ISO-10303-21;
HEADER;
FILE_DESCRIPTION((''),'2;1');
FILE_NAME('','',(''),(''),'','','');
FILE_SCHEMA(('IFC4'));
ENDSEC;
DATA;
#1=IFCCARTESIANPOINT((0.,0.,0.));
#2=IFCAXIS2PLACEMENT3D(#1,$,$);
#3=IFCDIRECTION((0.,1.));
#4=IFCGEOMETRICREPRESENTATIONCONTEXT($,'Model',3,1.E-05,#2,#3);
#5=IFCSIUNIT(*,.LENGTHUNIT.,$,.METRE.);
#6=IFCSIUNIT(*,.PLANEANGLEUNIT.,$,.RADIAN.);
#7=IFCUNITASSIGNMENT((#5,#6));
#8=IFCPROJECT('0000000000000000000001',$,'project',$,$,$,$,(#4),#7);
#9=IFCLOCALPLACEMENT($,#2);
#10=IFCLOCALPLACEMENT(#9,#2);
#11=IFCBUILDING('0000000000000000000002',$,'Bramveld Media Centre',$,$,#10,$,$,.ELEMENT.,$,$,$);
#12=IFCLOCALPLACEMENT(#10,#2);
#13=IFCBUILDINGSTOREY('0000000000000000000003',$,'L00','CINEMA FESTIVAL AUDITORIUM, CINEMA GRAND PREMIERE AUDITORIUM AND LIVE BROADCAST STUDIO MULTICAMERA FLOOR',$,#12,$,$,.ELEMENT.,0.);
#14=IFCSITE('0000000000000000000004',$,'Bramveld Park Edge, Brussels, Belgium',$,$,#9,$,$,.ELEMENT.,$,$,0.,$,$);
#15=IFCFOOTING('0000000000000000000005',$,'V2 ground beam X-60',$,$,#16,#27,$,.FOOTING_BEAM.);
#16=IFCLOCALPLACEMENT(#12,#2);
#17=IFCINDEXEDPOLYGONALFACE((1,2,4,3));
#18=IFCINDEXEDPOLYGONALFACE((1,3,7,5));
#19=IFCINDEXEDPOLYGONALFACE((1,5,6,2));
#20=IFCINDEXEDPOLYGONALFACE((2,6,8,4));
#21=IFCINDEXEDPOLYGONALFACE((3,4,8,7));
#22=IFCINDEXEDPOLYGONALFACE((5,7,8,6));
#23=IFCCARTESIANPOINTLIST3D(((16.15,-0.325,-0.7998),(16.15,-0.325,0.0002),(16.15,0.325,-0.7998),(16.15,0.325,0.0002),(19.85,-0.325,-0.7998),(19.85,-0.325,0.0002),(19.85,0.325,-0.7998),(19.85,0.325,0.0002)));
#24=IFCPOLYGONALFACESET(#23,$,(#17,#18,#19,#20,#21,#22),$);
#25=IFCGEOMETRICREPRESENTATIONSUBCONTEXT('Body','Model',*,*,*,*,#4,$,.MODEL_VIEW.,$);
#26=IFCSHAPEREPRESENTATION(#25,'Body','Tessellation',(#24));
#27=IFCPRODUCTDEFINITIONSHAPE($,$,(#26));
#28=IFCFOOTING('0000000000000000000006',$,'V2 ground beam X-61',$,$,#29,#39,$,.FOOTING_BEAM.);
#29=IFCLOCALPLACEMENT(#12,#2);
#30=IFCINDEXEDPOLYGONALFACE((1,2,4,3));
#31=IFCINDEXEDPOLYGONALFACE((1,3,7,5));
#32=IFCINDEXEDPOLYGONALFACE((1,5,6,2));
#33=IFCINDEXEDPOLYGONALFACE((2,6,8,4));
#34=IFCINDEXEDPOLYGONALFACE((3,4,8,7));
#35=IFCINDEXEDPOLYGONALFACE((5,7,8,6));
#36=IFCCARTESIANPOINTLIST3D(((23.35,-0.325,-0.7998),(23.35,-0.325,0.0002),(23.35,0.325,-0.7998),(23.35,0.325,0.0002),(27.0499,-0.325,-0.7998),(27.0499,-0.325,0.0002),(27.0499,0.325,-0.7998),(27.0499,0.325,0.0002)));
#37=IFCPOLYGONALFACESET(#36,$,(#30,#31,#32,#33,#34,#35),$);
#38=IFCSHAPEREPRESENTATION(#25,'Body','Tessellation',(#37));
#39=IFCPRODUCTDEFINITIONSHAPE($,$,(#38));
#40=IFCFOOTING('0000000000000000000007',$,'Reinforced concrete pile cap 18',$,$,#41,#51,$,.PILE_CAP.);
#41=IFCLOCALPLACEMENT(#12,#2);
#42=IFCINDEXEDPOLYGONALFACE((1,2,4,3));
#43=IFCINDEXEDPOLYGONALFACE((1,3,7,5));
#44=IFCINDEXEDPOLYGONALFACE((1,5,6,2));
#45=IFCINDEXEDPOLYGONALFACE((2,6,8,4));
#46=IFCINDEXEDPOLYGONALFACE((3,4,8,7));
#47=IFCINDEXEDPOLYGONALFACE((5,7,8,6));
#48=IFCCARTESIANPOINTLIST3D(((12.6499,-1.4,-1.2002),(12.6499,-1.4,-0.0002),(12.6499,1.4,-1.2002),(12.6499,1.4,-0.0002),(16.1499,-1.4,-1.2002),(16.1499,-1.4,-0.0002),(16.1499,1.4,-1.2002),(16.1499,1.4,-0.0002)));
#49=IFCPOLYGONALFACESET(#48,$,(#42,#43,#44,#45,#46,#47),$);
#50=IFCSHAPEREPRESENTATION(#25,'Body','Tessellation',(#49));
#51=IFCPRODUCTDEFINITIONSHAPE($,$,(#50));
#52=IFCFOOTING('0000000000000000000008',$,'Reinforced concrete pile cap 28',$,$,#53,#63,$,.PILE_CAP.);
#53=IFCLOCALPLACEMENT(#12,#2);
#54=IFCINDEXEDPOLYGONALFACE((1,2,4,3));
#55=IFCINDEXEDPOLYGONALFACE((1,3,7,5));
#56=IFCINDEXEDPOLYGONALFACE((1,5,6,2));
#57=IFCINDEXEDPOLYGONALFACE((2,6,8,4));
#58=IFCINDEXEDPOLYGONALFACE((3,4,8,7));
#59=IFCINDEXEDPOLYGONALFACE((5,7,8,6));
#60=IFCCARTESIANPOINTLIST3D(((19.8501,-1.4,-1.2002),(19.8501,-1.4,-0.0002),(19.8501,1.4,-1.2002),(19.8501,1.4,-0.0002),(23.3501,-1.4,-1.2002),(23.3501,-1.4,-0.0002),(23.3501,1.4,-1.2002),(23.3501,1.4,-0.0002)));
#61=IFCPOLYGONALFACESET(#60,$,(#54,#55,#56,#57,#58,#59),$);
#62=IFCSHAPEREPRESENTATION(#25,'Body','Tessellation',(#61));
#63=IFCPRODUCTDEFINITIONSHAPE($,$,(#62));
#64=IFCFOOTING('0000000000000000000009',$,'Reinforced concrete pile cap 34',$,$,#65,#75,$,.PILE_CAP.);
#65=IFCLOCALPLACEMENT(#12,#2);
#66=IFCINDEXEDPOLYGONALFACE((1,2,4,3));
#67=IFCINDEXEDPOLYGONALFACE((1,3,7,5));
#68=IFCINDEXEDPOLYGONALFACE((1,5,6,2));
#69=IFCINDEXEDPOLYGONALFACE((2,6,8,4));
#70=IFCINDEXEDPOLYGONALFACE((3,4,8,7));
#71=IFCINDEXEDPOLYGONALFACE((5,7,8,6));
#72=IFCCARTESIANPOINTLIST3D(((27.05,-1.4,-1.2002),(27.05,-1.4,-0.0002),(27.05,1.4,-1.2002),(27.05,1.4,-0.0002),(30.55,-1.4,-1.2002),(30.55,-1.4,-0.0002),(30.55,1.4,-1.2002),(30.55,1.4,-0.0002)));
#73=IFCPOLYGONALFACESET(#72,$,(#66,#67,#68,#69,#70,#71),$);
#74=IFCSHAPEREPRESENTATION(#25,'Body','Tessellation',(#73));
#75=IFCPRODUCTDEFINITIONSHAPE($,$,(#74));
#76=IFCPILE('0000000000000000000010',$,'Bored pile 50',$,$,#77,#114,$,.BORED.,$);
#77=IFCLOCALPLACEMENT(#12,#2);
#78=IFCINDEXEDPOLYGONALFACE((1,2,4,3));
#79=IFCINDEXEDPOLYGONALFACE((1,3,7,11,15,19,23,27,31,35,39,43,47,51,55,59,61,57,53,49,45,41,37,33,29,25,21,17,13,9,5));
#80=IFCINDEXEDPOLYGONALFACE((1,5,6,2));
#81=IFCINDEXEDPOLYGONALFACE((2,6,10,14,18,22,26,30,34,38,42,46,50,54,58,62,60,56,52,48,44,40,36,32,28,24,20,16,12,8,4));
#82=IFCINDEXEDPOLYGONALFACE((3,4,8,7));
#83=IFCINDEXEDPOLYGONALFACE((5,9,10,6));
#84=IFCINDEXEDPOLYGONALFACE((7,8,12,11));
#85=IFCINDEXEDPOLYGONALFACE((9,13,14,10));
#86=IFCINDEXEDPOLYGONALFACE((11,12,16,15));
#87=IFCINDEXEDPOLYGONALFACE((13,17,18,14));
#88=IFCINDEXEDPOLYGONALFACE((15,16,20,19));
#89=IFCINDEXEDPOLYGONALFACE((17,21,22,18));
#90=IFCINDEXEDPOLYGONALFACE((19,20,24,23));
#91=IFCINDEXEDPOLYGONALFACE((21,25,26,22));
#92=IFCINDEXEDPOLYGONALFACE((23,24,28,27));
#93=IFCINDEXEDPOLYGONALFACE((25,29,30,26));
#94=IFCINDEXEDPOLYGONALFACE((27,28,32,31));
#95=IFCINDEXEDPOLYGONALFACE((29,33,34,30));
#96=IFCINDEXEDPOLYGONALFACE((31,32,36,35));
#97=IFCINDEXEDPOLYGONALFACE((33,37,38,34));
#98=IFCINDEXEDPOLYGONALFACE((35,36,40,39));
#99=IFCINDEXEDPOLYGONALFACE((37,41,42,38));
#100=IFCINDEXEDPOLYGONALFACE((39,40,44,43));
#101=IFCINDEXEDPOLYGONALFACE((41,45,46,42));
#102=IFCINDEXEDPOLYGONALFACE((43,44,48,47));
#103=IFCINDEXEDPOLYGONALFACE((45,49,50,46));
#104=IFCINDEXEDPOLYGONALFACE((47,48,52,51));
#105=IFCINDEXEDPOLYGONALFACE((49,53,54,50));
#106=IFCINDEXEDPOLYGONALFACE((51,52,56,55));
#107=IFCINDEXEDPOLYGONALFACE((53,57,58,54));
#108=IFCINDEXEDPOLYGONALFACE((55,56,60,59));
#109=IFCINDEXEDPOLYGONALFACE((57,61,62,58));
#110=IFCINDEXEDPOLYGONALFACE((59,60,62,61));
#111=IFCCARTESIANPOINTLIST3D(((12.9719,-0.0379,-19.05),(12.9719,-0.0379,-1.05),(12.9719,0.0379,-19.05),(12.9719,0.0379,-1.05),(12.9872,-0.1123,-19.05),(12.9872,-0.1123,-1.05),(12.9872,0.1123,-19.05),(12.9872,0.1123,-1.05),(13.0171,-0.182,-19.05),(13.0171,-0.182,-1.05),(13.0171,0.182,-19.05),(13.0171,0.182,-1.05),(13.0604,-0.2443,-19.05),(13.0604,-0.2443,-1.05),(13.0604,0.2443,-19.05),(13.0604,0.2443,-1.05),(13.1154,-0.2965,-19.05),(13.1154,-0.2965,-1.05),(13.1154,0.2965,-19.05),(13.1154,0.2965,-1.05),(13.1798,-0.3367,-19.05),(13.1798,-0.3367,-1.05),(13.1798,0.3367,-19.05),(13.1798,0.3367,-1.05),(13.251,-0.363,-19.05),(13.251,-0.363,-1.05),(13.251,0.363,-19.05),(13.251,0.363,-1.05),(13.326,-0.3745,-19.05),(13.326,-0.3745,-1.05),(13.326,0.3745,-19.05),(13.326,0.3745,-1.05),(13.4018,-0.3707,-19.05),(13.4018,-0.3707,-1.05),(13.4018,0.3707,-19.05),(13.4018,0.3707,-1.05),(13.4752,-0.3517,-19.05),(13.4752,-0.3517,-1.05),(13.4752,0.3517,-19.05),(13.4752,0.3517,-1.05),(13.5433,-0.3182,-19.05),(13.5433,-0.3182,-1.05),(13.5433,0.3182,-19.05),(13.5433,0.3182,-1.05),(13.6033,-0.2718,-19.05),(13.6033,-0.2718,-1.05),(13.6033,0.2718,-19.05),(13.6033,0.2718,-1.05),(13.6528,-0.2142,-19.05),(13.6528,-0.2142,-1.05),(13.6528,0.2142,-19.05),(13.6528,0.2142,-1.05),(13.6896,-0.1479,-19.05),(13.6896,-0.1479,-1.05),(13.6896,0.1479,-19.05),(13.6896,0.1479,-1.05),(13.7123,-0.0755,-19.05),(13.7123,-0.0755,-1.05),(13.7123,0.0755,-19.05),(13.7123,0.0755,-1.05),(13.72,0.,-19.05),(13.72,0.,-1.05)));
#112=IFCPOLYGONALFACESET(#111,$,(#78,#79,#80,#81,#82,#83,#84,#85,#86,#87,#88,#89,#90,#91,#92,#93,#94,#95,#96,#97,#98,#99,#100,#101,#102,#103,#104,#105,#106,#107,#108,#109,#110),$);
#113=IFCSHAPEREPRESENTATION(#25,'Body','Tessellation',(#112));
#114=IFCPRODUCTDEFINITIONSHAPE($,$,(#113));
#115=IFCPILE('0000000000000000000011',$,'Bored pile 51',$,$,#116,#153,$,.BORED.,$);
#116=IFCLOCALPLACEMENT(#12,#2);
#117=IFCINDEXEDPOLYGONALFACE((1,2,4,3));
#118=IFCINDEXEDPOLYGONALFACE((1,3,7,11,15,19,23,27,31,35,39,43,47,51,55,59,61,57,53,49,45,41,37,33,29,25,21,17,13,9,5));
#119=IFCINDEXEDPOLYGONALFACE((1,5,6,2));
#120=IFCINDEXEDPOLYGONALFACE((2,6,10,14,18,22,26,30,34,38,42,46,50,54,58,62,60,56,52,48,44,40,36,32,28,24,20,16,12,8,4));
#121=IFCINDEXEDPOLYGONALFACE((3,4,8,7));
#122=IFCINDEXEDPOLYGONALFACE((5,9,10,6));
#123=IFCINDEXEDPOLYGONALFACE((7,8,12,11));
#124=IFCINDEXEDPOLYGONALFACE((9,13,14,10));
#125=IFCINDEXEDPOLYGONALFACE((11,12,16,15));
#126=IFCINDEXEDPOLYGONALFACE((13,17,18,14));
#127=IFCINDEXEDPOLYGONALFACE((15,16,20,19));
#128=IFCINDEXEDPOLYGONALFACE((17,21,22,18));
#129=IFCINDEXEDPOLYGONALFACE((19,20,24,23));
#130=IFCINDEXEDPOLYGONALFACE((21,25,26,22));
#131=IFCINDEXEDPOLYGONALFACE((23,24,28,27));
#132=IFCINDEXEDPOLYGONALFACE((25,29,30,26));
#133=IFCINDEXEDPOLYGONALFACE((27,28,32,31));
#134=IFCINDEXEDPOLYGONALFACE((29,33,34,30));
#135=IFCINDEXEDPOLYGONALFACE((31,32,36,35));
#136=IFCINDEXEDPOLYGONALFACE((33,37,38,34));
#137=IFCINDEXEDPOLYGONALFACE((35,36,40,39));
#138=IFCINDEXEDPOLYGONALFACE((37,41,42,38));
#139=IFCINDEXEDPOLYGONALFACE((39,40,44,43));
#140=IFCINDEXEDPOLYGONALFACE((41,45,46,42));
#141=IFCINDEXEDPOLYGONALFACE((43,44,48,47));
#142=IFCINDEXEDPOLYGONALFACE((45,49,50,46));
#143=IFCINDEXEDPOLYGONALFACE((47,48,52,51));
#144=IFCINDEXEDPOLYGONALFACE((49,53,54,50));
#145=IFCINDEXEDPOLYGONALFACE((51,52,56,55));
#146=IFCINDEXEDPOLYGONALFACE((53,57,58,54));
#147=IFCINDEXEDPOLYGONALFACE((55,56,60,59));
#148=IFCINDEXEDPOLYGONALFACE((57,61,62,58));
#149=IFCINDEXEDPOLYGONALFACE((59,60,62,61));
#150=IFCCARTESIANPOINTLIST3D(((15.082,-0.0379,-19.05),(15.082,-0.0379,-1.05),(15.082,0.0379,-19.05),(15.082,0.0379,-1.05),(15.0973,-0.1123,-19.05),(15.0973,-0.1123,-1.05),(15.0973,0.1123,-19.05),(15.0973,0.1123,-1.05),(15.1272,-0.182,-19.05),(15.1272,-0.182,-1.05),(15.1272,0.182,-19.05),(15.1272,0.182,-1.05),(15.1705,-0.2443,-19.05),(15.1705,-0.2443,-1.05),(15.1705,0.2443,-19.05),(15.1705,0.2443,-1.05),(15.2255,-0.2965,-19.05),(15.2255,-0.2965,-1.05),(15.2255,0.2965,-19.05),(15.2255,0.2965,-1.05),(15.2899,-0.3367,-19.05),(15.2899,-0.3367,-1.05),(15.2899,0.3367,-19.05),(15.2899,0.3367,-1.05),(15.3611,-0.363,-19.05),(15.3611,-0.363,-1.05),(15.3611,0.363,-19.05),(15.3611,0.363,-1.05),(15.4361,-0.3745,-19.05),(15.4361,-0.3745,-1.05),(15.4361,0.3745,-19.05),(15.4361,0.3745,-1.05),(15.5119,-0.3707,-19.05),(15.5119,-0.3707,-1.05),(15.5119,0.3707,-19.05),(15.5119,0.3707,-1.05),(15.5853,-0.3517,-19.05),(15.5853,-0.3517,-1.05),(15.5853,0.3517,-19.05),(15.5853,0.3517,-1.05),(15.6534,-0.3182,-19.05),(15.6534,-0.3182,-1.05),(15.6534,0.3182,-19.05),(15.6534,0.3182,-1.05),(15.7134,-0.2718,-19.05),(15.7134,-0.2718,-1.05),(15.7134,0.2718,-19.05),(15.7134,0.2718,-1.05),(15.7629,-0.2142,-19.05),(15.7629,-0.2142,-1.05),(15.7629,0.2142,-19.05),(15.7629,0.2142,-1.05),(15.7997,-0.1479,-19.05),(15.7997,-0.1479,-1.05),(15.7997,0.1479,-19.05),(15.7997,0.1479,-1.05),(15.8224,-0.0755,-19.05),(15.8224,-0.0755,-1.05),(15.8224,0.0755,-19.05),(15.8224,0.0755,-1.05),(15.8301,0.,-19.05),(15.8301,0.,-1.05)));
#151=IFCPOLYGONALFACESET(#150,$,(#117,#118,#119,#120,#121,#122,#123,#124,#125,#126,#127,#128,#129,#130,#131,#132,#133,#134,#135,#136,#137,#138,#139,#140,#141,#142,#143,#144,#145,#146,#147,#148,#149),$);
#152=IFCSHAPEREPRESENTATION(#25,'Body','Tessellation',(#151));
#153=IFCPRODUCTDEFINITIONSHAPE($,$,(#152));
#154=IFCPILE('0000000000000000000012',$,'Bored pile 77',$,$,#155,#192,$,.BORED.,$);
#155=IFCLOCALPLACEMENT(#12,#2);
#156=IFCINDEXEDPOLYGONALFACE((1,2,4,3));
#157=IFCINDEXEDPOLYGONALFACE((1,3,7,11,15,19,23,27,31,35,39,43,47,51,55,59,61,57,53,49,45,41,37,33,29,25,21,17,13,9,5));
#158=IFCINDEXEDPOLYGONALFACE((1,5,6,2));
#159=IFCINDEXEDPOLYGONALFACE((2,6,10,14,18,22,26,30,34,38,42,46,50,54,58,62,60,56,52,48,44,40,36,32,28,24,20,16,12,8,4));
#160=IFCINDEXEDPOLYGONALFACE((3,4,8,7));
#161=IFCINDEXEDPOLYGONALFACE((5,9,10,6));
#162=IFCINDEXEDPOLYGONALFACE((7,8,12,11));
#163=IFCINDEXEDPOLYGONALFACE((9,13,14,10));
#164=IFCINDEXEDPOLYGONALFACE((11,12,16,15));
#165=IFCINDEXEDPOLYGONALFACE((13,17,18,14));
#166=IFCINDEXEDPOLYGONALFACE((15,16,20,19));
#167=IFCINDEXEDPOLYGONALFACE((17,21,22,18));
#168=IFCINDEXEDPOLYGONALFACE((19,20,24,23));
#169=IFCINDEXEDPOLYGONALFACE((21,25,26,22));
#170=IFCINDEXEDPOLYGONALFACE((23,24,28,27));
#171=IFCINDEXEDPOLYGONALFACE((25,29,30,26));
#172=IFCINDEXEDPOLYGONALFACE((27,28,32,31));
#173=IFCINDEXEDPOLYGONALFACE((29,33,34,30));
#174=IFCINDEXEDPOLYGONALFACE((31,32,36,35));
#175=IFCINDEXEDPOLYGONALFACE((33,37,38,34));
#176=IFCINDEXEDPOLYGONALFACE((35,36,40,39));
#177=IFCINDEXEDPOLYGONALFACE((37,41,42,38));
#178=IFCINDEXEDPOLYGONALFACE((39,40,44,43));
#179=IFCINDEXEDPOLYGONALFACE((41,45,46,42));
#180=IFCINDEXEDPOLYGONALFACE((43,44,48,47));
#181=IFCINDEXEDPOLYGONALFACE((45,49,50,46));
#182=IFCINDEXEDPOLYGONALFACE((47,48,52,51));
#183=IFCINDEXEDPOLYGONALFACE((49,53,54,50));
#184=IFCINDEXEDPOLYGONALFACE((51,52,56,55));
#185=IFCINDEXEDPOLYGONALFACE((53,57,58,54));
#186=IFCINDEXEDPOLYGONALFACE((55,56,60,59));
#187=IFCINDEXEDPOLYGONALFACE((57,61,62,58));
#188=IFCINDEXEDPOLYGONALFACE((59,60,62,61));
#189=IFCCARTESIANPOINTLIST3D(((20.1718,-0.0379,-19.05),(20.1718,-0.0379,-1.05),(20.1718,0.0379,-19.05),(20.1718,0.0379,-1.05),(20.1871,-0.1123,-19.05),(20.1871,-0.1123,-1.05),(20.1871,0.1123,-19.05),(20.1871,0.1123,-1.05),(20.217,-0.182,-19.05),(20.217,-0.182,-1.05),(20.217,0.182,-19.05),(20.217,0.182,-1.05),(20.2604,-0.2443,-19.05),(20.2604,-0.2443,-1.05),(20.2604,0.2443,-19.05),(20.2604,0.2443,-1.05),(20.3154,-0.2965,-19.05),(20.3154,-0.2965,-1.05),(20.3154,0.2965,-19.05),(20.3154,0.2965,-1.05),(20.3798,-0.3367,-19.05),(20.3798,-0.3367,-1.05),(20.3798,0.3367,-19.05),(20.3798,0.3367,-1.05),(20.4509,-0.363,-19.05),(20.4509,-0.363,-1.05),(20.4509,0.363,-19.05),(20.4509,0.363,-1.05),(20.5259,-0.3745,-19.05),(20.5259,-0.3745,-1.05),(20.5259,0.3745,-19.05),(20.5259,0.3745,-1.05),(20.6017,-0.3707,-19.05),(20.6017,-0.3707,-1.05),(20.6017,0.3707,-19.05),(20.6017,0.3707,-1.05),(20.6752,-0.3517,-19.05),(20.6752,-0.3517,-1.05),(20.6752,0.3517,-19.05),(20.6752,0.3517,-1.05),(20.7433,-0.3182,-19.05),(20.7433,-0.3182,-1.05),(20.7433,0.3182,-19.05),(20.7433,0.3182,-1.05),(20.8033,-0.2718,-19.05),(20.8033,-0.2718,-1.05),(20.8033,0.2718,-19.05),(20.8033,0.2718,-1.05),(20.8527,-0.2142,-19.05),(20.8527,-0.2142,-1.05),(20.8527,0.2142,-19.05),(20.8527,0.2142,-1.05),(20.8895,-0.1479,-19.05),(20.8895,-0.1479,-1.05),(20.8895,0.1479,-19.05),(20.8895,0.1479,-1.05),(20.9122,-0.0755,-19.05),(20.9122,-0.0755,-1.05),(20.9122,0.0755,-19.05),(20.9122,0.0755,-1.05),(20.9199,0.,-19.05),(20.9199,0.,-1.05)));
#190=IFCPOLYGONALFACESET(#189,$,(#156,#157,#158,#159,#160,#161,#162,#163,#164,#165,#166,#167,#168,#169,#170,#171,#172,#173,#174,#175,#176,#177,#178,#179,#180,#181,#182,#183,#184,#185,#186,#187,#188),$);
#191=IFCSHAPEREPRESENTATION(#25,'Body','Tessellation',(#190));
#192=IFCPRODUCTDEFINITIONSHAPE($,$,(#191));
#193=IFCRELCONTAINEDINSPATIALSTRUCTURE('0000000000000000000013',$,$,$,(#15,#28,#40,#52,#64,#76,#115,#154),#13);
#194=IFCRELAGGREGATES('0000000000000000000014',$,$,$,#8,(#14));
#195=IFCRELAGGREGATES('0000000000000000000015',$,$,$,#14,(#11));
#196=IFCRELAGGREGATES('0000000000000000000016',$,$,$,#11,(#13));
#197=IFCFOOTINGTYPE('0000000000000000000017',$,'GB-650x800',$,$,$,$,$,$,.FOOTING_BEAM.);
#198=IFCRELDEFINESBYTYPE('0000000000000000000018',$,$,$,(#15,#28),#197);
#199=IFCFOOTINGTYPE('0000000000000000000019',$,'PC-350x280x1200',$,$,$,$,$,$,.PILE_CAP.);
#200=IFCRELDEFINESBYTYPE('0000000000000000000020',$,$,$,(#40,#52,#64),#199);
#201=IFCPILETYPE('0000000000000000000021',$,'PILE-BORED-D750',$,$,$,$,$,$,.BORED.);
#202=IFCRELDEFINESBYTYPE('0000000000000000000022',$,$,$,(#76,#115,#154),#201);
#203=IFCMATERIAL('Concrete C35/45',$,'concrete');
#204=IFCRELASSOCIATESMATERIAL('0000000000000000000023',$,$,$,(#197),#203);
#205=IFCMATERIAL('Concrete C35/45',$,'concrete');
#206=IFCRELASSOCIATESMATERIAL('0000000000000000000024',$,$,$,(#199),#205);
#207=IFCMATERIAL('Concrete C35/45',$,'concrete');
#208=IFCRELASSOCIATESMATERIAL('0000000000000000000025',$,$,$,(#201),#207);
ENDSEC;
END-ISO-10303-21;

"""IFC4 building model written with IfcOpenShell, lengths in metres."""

from ifc_helpers import new_model, si_unit, direction, frame, origin, origin_2d, place, context, subcontext, project, spatial, rectangle, circle, extrude, material, material_profile, profile_set, type_object, element, save


model = new_model("IFC4")

# Units and contexts
model_context = context("Model", 3, precision=1e-05, world=origin(), true_north=direction((0.0, 1.0)))
body_context = subcontext(model_context, "Body", "Model", "MODEL_VIEW")
ifc_project = project(units=[si_unit("LENGTHUNIT", "METRE"), si_unit("PLANEANGLEUNIT", "RADIAN")], contexts=[model_context])

# Site, building, storey
site_placement = place(None, origin())
site = spatial("IfcSite", under=ifc_project, at=site_placement, Name="Bramveld Park Edge, Brussels, Belgium", CompositionType="ELEMENT", RefElevation=0.0)
building_placement = place(site_placement, origin())
building = spatial("IfcBuilding", under=site, at=building_placement, Name="Bramveld Media Centre", CompositionType="ELEMENT")
storey_placement = place(building_placement, origin())
storey = spatial("IfcBuildingStorey", under=building, at=storey_placement, Name="L00", Description="CINEMA FESTIVAL AUDITORIUM, CINEMA GRAND PREMIERE AUDITORIUM AND LIVE BROADCAST STUDIO MULTICAMERA FLOOR", CompositionType="ELEMENT", Elevation=0.0)

# Footings
ifc_material_1 = material(Name="Concrete C35/45", Category="concrete")
footing_type_1 = type_object("IfcFootingType", Name="GB-650x800", PredefinedType="FOOTING_BEAM", material=ifc_material_1)
for number, where, z_axis, x_axis, name in (
    (1, (18.0, 0.0, -0.7998), (0.0, 0.0, 1.0), (1.0, 0.0, 0.0), "V2 ground beam X-60"),
    (2, (25.2, 0.0, -0.7998), (0.0, 0.0, 1.0), (1.0, 0.0, 0.0), "V2 ground beam X-61"),
):
    element("IfcFooting", number, at=place(storey_placement, frame(where, z_axis=z_axis, x_axis=x_axis)), inside=storey, type_object=footing_type_1, Name=name, PredefinedType="FOOTING_BEAM", context=body_context, shape_type="SweptSolid", body=[
        extrude(rectangle(XDim=3.7, YDim=0.6499, at=origin_2d()), origin(), (0.0, 0.0, 1.0), 0.8),
    ])
ifc_material_2 = material(Name="Concrete C35/45", Category="concrete")
footing_type_2 = type_object("IfcFootingType", Name="PC-350x280x1200", PredefinedType="PILE_CAP", material=ifc_material_2)
for number, where, z_axis, x_axis, name in (
    (3, (14.3999, 0.0, -1.2002), (0.0, 0.0, 1.0), (1.0, 0.0, 0.0), "Reinforced concrete pile cap 18"),
    (4, (21.6001, 0.0, -1.2002), (0.0, 0.0, 1.0), (1.0, 0.0, 0.0), "Reinforced concrete pile cap 28"),
    (5, (28.8, 0.0, -1.2002), (0.0, 0.0, 1.0), (1.0, 0.0, 0.0), "Reinforced concrete pile cap 34"),
):
    element("IfcFooting", number, at=place(storey_placement, frame(where, z_axis=z_axis, x_axis=x_axis)), inside=storey, type_object=footing_type_2, Name=name, PredefinedType="PILE_CAP", context=body_context, shape_type="SweptSolid", body=[
        extrude(rectangle(XDim=3.5, YDim=2.8, at=origin_2d()), origin(), (0.0, 0.0, 1.0), 1.2),
    ])

# Piles
ifc_material_3 = material(Name="Concrete C35/45", Category="concrete")
ifc_material_profile_1 = material_profile(ifc_material_3, circle(Radius=0.375, at=origin_2d()), Name="BORED D750")
ifc_profile_set_1 = profile_set([ifc_material_profile_1], Name="Concrete C35/45")
pile_type = type_object("IfcPileType", Name="PILE-BORED-D750", PredefinedType="BORED", material=ifc_profile_set_1)
for number, where, z_axis, x_axis, name in (
    (6, (13.345, 0.0, -1.05), (0.0, 0.0, -1.0), (1.0, 0.0, 0.0), "Bored pile 50"),
    (7, (15.4551, 0.0, -1.05), (0.0, 0.0, -1.0), (1.0, 0.0, 0.0), "Bored pile 51"),
    (8, (20.5449, 0.0, -1.05), (0.0, 0.0, -1.0), (1.0, 0.0, 0.0), "Bored pile 77"),
):
    element("IfcPile", number, at=place(storey_placement, frame(where, z_axis=z_axis, x_axis=x_axis)), inside=storey, type_object=pile_type, Name=name, PredefinedType="BORED", context=body_context, shape_type="SweptSolid", body=[
        extrude(circle(Radius=0.375, at=origin_2d()), origin(), (0.0, 0.0, 1.0), 18.0),
    ])

save(model, "model.ifc")
